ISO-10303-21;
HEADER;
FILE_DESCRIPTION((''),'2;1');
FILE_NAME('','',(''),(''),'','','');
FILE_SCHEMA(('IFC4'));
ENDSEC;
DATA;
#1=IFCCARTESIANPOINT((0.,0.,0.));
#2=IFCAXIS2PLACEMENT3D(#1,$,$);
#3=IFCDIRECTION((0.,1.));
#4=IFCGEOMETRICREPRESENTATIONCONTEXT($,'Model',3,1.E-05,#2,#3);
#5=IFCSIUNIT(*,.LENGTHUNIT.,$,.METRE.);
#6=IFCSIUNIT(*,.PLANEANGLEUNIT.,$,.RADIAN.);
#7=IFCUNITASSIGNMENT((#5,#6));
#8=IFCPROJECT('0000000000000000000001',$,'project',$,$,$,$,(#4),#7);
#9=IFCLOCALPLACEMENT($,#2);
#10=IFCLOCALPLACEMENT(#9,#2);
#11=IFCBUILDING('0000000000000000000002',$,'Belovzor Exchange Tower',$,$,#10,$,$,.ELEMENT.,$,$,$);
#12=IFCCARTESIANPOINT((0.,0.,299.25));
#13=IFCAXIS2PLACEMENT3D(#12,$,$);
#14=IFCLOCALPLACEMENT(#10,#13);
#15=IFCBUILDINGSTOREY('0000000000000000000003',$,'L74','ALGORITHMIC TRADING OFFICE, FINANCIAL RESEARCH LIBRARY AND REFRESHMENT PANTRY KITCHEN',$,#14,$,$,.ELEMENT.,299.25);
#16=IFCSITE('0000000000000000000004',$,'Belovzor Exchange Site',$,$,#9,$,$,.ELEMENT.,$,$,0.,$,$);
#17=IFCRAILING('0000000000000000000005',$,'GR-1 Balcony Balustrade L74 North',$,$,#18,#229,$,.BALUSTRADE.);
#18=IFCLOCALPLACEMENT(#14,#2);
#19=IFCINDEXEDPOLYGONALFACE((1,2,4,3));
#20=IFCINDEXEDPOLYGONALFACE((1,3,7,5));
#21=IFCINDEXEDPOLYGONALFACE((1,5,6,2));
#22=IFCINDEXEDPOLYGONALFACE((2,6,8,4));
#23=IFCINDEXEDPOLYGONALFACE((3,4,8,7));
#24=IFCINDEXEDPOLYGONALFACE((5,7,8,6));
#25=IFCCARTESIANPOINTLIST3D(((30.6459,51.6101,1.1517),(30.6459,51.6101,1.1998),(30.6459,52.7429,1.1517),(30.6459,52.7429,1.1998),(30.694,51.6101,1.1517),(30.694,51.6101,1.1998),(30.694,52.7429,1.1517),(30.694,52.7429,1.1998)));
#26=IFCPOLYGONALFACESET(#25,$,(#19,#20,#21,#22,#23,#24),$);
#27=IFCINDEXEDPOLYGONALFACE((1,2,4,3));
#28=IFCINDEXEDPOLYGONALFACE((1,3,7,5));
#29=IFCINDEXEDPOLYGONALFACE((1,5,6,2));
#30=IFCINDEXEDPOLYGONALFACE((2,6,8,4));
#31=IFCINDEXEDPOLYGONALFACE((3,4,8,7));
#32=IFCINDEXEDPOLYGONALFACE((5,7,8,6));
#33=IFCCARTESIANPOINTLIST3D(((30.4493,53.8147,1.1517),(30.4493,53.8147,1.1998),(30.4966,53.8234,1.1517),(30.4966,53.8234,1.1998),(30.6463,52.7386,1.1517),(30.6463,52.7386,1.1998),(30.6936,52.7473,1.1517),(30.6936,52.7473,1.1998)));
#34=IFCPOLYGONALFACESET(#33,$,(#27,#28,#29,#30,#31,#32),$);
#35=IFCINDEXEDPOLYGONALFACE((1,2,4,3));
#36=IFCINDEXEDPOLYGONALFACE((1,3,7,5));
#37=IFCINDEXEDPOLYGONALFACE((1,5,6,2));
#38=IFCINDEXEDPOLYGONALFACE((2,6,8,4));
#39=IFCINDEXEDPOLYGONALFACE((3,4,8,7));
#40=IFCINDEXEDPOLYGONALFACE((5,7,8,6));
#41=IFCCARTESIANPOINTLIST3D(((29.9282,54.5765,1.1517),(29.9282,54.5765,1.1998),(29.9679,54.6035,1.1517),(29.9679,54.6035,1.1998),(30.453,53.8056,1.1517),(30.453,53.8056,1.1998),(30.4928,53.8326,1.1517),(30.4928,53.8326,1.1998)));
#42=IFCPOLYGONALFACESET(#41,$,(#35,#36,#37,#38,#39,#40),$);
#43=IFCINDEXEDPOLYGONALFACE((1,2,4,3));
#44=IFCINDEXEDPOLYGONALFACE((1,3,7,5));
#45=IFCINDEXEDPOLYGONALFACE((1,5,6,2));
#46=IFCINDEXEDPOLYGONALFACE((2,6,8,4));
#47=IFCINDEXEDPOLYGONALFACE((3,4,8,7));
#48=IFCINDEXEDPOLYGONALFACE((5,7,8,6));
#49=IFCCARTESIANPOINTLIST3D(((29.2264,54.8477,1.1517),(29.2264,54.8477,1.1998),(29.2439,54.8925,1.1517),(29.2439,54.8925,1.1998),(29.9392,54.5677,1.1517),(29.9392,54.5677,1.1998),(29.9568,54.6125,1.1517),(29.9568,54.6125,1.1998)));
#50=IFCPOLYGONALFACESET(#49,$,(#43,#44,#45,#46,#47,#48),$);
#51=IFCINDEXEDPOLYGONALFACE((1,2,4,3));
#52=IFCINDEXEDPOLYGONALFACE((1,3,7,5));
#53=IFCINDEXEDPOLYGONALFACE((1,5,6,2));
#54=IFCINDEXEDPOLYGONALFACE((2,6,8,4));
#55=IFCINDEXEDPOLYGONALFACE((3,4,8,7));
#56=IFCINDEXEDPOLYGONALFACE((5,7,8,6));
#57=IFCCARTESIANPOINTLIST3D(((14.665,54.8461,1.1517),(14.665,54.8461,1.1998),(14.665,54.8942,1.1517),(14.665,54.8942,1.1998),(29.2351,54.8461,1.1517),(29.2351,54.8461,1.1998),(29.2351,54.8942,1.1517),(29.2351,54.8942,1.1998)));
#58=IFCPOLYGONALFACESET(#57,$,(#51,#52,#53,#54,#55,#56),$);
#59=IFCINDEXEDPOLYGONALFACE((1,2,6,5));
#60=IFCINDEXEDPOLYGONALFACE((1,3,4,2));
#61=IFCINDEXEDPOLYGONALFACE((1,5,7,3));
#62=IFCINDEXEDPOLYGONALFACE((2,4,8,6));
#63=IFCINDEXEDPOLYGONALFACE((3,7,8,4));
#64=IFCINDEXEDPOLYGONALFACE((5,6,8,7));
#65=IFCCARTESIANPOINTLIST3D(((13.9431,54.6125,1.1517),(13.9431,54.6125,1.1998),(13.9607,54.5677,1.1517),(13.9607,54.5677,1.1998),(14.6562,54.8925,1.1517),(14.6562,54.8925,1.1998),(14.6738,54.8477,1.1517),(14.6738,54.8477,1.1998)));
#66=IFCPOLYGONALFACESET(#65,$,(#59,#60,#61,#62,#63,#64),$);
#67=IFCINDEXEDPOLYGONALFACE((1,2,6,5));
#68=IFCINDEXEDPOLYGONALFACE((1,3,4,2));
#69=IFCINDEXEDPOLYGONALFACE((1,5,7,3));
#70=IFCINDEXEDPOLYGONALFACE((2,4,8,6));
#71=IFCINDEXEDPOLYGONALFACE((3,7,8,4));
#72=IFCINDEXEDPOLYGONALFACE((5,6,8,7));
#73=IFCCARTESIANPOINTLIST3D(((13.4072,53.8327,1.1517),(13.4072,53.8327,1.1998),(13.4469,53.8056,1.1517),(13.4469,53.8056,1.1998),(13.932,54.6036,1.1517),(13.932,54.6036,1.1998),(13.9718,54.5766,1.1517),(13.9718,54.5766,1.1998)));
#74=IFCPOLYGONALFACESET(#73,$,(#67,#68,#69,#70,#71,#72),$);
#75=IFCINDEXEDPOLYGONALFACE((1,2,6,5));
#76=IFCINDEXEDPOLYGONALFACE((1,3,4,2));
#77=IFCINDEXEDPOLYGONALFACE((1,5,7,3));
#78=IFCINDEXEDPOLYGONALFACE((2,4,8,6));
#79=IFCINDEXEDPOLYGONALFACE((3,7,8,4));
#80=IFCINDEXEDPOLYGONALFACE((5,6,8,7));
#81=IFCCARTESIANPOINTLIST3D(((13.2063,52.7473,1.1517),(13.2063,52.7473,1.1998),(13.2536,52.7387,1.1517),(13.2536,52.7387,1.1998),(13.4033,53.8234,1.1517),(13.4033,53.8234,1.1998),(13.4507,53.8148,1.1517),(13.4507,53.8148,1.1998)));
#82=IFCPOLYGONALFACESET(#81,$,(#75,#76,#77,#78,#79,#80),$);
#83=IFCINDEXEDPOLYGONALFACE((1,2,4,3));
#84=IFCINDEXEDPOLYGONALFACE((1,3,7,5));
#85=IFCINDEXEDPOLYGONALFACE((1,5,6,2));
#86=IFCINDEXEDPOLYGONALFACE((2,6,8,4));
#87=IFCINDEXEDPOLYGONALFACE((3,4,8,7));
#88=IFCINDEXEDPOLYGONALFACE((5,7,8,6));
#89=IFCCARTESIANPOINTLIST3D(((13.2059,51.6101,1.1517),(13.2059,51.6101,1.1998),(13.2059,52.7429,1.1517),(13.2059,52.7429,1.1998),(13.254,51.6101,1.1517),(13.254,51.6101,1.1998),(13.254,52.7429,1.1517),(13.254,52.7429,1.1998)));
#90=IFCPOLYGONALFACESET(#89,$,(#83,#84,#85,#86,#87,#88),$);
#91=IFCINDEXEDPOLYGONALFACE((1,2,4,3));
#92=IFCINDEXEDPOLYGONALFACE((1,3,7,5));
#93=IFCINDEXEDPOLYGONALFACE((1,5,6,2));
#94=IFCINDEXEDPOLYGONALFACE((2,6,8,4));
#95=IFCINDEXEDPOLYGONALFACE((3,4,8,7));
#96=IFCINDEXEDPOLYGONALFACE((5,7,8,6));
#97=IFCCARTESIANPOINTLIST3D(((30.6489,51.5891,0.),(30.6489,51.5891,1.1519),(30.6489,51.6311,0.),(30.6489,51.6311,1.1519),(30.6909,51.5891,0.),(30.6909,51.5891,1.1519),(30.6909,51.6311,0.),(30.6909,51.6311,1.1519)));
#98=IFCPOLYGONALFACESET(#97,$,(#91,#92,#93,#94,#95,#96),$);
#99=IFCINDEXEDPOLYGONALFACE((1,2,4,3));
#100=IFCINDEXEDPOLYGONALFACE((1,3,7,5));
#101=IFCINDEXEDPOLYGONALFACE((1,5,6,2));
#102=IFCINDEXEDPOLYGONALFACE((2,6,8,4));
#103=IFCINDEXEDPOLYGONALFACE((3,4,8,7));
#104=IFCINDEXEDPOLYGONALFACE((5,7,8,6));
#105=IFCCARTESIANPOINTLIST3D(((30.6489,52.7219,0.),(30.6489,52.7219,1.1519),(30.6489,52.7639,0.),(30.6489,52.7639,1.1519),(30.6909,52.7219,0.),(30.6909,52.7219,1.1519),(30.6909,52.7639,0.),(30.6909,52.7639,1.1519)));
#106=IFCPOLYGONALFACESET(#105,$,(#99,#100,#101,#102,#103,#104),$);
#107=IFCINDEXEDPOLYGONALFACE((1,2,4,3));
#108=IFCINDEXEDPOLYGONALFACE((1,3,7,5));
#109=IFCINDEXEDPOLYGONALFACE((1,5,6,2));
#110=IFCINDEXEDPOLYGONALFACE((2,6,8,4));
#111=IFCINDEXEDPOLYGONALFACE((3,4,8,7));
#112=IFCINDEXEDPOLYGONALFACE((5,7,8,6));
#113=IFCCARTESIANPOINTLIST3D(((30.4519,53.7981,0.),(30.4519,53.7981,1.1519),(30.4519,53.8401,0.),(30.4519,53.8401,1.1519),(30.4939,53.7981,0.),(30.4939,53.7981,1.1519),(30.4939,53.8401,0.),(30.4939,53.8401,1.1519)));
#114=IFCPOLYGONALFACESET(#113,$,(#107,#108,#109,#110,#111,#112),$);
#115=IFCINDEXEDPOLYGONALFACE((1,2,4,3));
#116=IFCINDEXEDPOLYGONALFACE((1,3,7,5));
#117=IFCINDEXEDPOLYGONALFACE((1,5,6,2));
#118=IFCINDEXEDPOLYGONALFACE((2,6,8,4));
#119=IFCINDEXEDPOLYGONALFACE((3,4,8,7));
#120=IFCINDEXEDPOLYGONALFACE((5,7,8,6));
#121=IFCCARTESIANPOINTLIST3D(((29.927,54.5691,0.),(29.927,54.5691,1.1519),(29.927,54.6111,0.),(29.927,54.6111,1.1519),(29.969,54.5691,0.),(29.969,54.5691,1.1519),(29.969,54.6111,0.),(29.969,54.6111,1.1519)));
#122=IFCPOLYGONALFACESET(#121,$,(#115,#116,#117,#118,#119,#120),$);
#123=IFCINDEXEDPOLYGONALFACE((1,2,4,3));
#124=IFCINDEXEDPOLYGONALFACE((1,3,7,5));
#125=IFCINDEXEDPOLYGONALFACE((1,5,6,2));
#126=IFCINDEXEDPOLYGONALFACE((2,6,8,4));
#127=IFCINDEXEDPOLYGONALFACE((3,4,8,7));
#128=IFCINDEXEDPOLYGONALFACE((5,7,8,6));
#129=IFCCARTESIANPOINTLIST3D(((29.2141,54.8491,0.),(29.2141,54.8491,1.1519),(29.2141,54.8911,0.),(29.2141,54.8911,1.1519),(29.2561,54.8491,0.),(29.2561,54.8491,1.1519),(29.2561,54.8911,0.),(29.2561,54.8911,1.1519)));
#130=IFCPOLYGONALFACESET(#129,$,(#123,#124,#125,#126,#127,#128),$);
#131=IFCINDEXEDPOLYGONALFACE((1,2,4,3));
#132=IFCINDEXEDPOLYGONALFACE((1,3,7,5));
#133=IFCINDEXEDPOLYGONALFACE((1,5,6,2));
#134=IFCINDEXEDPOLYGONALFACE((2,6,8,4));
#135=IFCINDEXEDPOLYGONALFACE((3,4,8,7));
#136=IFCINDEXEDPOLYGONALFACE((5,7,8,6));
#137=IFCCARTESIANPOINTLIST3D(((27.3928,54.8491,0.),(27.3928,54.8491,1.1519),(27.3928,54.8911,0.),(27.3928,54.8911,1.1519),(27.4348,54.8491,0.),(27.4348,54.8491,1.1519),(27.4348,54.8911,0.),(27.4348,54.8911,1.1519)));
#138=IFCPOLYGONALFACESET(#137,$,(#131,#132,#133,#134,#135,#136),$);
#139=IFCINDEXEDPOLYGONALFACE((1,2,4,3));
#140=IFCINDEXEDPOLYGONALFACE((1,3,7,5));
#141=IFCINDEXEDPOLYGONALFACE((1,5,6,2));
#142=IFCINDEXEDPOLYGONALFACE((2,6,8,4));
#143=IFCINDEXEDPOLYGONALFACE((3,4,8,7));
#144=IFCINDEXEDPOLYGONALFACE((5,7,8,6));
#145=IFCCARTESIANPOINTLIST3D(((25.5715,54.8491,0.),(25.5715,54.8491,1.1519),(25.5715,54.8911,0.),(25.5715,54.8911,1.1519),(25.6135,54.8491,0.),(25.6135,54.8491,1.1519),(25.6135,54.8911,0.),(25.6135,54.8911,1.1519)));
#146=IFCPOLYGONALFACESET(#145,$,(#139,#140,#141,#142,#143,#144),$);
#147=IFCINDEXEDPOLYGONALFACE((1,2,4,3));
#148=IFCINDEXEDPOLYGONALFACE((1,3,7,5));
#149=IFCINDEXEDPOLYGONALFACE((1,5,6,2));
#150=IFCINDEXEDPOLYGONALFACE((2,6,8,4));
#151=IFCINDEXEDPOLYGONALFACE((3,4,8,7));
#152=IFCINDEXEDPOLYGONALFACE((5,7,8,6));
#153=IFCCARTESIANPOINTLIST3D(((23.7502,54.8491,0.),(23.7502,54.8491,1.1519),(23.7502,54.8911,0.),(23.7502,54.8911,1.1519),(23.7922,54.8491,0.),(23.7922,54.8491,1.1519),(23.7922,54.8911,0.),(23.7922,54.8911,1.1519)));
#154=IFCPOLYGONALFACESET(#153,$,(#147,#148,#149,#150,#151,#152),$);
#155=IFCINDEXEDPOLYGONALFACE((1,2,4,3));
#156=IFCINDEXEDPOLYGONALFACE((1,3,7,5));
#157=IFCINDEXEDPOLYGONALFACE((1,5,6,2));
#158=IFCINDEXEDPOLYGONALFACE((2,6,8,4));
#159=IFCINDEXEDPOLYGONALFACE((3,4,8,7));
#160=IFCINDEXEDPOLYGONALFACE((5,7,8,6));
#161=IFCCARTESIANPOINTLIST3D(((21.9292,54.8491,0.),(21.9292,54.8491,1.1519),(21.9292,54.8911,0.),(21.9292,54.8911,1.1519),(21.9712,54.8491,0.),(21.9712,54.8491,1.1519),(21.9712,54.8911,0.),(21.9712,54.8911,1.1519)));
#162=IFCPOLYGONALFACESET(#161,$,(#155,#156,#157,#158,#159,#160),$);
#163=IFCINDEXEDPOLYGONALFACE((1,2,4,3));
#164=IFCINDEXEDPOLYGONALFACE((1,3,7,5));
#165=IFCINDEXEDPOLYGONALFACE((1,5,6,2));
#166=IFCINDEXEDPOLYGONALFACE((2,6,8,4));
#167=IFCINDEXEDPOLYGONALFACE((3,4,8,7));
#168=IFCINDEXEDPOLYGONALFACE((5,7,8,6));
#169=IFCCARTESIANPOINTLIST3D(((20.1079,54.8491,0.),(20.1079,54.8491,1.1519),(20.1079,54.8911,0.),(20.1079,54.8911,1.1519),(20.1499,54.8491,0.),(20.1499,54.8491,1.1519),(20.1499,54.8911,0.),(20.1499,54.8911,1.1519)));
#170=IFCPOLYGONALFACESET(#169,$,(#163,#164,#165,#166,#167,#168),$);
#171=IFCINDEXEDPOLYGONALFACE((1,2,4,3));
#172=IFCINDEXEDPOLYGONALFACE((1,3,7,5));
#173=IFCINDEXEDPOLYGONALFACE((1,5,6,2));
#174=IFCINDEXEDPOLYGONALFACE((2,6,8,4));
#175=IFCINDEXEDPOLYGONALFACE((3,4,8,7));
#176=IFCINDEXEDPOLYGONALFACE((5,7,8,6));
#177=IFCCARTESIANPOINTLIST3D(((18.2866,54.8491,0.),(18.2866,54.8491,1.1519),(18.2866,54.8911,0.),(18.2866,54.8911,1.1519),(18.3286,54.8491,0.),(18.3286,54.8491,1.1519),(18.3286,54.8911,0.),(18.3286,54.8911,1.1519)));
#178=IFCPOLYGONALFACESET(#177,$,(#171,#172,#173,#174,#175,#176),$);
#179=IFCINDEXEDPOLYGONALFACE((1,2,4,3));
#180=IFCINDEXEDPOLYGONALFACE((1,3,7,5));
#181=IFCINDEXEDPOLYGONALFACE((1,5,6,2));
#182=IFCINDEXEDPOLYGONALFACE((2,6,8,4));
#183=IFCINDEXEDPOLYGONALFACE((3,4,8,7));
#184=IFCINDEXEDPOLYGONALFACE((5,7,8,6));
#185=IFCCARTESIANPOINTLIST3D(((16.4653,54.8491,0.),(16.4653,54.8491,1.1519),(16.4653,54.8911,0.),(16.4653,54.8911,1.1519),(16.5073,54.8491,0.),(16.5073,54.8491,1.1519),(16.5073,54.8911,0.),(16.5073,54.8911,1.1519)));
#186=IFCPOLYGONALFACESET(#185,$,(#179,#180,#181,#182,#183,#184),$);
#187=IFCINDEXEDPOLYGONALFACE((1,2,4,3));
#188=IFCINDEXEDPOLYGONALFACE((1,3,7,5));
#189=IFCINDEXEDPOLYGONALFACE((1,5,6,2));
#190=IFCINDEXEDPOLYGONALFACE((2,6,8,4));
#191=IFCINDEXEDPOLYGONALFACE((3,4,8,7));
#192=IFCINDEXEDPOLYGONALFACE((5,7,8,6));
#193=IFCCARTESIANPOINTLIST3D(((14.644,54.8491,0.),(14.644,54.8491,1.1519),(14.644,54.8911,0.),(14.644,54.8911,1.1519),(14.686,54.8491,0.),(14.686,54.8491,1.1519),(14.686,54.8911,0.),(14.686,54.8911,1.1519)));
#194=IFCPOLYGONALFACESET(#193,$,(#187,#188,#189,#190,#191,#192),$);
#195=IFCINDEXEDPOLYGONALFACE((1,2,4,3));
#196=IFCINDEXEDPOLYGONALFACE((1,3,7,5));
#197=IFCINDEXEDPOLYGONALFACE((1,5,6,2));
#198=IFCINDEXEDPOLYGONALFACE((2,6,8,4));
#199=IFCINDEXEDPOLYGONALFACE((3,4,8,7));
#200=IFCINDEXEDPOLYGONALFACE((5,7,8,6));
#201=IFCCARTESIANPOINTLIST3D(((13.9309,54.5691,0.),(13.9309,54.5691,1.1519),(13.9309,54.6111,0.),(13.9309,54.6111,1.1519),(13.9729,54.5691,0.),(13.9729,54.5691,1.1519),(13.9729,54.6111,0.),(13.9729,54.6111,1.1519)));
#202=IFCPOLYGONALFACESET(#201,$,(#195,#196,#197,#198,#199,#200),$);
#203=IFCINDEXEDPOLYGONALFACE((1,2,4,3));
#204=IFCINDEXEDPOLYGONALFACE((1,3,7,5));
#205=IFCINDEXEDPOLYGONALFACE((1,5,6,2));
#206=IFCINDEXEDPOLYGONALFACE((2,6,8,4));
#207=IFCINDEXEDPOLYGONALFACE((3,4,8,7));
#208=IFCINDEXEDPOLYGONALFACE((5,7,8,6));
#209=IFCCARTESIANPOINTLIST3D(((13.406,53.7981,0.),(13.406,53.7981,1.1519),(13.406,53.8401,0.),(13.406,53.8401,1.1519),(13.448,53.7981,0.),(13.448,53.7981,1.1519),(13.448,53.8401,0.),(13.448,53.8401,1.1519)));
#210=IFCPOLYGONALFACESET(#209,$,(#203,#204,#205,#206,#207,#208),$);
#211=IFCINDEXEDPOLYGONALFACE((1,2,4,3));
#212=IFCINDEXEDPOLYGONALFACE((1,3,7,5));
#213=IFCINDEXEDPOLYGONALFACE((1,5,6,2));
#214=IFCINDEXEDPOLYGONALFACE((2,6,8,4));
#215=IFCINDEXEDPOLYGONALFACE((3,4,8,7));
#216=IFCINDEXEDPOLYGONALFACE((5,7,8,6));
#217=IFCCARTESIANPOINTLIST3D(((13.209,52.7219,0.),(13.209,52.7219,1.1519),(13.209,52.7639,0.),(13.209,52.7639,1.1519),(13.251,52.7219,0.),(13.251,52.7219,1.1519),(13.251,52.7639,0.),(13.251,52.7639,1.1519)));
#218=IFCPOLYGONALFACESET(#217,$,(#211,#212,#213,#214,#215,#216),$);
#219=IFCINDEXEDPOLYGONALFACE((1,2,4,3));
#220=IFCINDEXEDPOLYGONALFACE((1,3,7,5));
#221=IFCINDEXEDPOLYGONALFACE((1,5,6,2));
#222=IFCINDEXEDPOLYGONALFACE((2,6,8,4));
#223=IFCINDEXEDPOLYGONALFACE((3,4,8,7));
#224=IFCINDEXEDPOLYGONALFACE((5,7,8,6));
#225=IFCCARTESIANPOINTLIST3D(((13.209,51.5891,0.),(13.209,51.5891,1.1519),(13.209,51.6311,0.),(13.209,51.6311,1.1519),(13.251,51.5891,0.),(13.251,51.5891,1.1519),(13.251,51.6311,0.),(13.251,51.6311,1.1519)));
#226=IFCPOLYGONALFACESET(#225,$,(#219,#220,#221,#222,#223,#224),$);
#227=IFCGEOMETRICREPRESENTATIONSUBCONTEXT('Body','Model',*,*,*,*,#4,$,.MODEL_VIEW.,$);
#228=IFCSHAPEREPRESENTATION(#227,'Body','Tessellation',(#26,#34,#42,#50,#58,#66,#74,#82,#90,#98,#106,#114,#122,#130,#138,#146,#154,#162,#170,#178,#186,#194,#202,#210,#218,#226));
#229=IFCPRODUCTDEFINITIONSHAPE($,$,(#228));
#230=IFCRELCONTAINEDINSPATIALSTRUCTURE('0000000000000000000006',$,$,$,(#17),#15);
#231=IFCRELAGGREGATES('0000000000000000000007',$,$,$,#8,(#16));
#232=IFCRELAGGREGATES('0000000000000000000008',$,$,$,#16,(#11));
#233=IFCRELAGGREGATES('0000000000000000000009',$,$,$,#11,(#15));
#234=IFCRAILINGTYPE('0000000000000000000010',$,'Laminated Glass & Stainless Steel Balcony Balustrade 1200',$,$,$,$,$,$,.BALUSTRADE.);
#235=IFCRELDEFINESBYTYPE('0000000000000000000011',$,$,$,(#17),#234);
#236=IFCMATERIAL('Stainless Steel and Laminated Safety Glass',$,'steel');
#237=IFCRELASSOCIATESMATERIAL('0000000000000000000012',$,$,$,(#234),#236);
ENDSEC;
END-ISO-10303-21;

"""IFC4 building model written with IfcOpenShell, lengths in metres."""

from ifc_helpers import new_model, si_unit, direction, frame, origin, origin_2d, place, context, subcontext, project, spatial, rectangle, extrude, material, type_object, element, save


model = new_model("IFC4")

# Units and contexts
model_context = context("Model", 3, precision=1e-05, world=origin(), true_north=direction((0.0, 1.0)))
body_context = subcontext(model_context, "Body", "Model", "MODEL_VIEW")
ifc_project = project(units=[si_unit("LENGTHUNIT", "METRE"), si_unit("PLANEANGLEUNIT", "RADIAN")], contexts=[model_context])

# Site, building, storey
site_placement = place(None, origin())
site = spatial("IfcSite", under=ifc_project, at=site_placement, Name="Belovzor Exchange Site", CompositionType="ELEMENT", RefElevation=0.0)
building_placement = place(site_placement, origin())
building = spatial("IfcBuilding", under=site, at=building_placement, Name="Belovzor Exchange Tower", CompositionType="ELEMENT")
storey_placement = place(building_placement, frame((0.0, 0.0, 299.25)))
storey = spatial("IfcBuildingStorey", under=building, at=storey_placement, Name="L74", Description="ALGORITHMIC TRADING OFFICE, FINANCIAL RESEARCH LIBRARY AND REFRESHMENT PANTRY KITCHEN", CompositionType="ELEMENT", Elevation=299.25)

# Railing
ifc_material_1 = material(Name="Stainless Steel and Laminated Safety Glass", Category="steel")
railing_type = type_object("IfcRailingType", Name="Laminated Glass & Stainless Steel Balcony Balustrade 1200", PredefinedType="BALUSTRADE", material=ifc_material_1)
railing_placement = place(storey_placement, frame((30.6699, 51.6101, 0.0)))
element("IfcRailing", 1, at=railing_placement, inside=storey, type_object=railing_type, Name="GR-1 Balcony Balustrade L74 North", PredefinedType="BALUSTRADE", context=body_context, shape_type="SweptSolid", body=[
    extrude(rectangle(XDim=0.0481, YDim=0.0481, at=origin_2d()), frame((0.0, 0.0, 1.1758), z_axis=(0.0, 1.0, 0.0), x_axis=(-1.0, 0.0, 0.0)), (0.0, 0.0, 1.0), 1.1328),
    extrude(rectangle(XDim=0.0481, YDim=0.0481, at=origin_2d()), frame((0.0, 1.1328, 1.1758), z_axis=(-0.180083, 0.983651, 0.0), x_axis=(-0.983651, -0.180083, 0.0)), (0.0, 0.0, 1.0), 1.094),
    extrude(rectangle(XDim=0.0481, YDim=0.0481, at=origin_2d()), frame((-0.197, 2.209, 1.1758), z_axis=(-0.562768, 0.826615, 0.0), x_axis=(-0.826615, -0.562768, 0.0)), (0.0, 0.0, 1.0), 0.9326),
    extrude(rectangle(XDim=0.0481, YDim=0.0481, at=origin_2d()), frame((-0.7219, 2.98, 1.1758), z_axis=(-0.930767, 0.365613, 0.0), x_axis=(-0.365613, -0.930767, 0.0)), (0.0, 0.0, 1.0), 0.7659),
    extrude(rectangle(XDim=0.0481, YDim=0.0481, at=origin_2d()), frame((-1.4348, 3.26, 1.1758), z_axis=(-1.0, 0.0, 0.0), x_axis=(0.0, -1.0, 0.0)), (0.0, 0.0, 1.0), 14.5701),
    extrude(rectangle(XDim=0.0481, YDim=0.0481, at=origin_2d()), frame((-16.0049, 3.26, 1.1758), z_axis=(-0.93081, -0.365504, 0.0), x_axis=(0.365504, -0.93081, 0.0)), (0.0, 0.0, 1.0), 0.7661),
    extrude(rectangle(XDim=0.0481, YDim=0.0481, at=origin_2d()), frame((-16.718, 2.98, 1.1758), z_axis=(-0.562768, -0.826615, 0.0), x_axis=(0.826615, -0.562768, 0.0)), (0.0, 0.0, 1.0), 0.9326),
    extrude(rectangle(XDim=0.0481, YDim=0.0481, at=origin_2d()), frame((-17.2429, 2.209, 1.1758), z_axis=(-0.180083, -0.983651, 0.0), x_axis=(0.983651, -0.180083, 0.0)), (0.0, 0.0, 1.0), 1.094),
    extrude(rectangle(XDim=0.0481, YDim=0.0481, at=origin_2d()), frame((-17.4399, 1.1328, 1.1758), z_axis=(0.0, -1.0, 0.0), x_axis=(1.0, 0.0, 0.0)), (0.0, 0.0, 1.0), 1.1328),
    extrude(rectangle(XDim=0.042, YDim=0.042, at=origin_2d()), origin(), (0.0, 0.0, 1.0), 1.1519),
    extrude(rectangle(XDim=0.042, YDim=0.042, at=origin_2d()), frame((0.0, 1.1328, 0.0)), (0.0, 0.0, 1.0), 1.1519),
    extrude(rectangle(XDim=0.042, YDim=0.042, at=origin_2d()), frame((-0.197, 2.209, 0.0)), (0.0, 0.0, 1.0), 1.1519),
    extrude(rectangle(XDim=0.042, YDim=0.042, at=origin_2d()), frame((-0.7219, 2.98, 0.0)), (0.0, 0.0, 1.0), 1.1519),
    extrude(rectangle(XDim=0.042, YDim=0.042, at=origin_2d()), frame((-1.4348, 3.26, 0.0)), (0.0, 0.0, 1.0), 1.1519),
    extrude(rectangle(XDim=0.042, YDim=0.042, at=origin_2d()), frame((-3.2561, 3.26, 0.0)), (0.0, 0.0, 1.0), 1.1519),
    extrude(rectangle(XDim=0.042, YDim=0.042, at=origin_2d()), frame((-5.0774, 3.26, 0.0)), (0.0, 0.0, 1.0), 1.1519),
    extrude(rectangle(XDim=0.042, YDim=0.042, at=origin_2d()), frame((-6.8987, 3.26, 0.0)), (0.0, 0.0, 1.0), 1.1519),
    extrude(rectangle(XDim=0.042, YDim=0.042, at=origin_2d()), frame((-8.7197, 3.26, 0.0)), (0.0, 0.0, 1.0), 1.1519),
    extrude(rectangle(XDim=0.042, YDim=0.042, at=origin_2d()), frame((-10.541, 3.26, 0.0)), (0.0, 0.0, 1.0), 1.1519),
    extrude(rectangle(XDim=0.042, YDim=0.042, at=origin_2d()), frame((-12.3623, 3.26, 0.0)), (0.0, 0.0, 1.0), 1.1519),
    extrude(rectangle(XDim=0.042, YDim=0.042, at=origin_2d()), frame((-14.1836, 3.26, 0.0)), (0.0, 0.0, 1.0), 1.1519),
    extrude(rectangle(XDim=0.042, YDim=0.042, at=origin_2d()), frame((-16.0049, 3.26, 0.0)), (0.0, 0.0, 1.0), 1.1519),
    extrude(rectangle(XDim=0.042, YDim=0.042, at=origin_2d()), frame((-16.718, 2.98, 0.0)), (0.0, 0.0, 1.0), 1.1519),
    extrude(rectangle(XDim=0.042, YDim=0.042, at=origin_2d()), frame((-17.2429, 2.209, 0.0)), (0.0, 0.0, 1.0), 1.1519),
    extrude(rectangle(XDim=0.042, YDim=0.042, at=origin_2d()), frame((-17.4399, 1.1328, 0.0)), (0.0, 0.0, 1.0), 1.1519),
    extrude(rectangle(XDim=0.042, YDim=0.042, at=origin_2d()), frame((-17.4399, 0.0, 0.0)), (0.0, 0.0, 1.0), 1.1519),
])

save(model, "model.ifc")
